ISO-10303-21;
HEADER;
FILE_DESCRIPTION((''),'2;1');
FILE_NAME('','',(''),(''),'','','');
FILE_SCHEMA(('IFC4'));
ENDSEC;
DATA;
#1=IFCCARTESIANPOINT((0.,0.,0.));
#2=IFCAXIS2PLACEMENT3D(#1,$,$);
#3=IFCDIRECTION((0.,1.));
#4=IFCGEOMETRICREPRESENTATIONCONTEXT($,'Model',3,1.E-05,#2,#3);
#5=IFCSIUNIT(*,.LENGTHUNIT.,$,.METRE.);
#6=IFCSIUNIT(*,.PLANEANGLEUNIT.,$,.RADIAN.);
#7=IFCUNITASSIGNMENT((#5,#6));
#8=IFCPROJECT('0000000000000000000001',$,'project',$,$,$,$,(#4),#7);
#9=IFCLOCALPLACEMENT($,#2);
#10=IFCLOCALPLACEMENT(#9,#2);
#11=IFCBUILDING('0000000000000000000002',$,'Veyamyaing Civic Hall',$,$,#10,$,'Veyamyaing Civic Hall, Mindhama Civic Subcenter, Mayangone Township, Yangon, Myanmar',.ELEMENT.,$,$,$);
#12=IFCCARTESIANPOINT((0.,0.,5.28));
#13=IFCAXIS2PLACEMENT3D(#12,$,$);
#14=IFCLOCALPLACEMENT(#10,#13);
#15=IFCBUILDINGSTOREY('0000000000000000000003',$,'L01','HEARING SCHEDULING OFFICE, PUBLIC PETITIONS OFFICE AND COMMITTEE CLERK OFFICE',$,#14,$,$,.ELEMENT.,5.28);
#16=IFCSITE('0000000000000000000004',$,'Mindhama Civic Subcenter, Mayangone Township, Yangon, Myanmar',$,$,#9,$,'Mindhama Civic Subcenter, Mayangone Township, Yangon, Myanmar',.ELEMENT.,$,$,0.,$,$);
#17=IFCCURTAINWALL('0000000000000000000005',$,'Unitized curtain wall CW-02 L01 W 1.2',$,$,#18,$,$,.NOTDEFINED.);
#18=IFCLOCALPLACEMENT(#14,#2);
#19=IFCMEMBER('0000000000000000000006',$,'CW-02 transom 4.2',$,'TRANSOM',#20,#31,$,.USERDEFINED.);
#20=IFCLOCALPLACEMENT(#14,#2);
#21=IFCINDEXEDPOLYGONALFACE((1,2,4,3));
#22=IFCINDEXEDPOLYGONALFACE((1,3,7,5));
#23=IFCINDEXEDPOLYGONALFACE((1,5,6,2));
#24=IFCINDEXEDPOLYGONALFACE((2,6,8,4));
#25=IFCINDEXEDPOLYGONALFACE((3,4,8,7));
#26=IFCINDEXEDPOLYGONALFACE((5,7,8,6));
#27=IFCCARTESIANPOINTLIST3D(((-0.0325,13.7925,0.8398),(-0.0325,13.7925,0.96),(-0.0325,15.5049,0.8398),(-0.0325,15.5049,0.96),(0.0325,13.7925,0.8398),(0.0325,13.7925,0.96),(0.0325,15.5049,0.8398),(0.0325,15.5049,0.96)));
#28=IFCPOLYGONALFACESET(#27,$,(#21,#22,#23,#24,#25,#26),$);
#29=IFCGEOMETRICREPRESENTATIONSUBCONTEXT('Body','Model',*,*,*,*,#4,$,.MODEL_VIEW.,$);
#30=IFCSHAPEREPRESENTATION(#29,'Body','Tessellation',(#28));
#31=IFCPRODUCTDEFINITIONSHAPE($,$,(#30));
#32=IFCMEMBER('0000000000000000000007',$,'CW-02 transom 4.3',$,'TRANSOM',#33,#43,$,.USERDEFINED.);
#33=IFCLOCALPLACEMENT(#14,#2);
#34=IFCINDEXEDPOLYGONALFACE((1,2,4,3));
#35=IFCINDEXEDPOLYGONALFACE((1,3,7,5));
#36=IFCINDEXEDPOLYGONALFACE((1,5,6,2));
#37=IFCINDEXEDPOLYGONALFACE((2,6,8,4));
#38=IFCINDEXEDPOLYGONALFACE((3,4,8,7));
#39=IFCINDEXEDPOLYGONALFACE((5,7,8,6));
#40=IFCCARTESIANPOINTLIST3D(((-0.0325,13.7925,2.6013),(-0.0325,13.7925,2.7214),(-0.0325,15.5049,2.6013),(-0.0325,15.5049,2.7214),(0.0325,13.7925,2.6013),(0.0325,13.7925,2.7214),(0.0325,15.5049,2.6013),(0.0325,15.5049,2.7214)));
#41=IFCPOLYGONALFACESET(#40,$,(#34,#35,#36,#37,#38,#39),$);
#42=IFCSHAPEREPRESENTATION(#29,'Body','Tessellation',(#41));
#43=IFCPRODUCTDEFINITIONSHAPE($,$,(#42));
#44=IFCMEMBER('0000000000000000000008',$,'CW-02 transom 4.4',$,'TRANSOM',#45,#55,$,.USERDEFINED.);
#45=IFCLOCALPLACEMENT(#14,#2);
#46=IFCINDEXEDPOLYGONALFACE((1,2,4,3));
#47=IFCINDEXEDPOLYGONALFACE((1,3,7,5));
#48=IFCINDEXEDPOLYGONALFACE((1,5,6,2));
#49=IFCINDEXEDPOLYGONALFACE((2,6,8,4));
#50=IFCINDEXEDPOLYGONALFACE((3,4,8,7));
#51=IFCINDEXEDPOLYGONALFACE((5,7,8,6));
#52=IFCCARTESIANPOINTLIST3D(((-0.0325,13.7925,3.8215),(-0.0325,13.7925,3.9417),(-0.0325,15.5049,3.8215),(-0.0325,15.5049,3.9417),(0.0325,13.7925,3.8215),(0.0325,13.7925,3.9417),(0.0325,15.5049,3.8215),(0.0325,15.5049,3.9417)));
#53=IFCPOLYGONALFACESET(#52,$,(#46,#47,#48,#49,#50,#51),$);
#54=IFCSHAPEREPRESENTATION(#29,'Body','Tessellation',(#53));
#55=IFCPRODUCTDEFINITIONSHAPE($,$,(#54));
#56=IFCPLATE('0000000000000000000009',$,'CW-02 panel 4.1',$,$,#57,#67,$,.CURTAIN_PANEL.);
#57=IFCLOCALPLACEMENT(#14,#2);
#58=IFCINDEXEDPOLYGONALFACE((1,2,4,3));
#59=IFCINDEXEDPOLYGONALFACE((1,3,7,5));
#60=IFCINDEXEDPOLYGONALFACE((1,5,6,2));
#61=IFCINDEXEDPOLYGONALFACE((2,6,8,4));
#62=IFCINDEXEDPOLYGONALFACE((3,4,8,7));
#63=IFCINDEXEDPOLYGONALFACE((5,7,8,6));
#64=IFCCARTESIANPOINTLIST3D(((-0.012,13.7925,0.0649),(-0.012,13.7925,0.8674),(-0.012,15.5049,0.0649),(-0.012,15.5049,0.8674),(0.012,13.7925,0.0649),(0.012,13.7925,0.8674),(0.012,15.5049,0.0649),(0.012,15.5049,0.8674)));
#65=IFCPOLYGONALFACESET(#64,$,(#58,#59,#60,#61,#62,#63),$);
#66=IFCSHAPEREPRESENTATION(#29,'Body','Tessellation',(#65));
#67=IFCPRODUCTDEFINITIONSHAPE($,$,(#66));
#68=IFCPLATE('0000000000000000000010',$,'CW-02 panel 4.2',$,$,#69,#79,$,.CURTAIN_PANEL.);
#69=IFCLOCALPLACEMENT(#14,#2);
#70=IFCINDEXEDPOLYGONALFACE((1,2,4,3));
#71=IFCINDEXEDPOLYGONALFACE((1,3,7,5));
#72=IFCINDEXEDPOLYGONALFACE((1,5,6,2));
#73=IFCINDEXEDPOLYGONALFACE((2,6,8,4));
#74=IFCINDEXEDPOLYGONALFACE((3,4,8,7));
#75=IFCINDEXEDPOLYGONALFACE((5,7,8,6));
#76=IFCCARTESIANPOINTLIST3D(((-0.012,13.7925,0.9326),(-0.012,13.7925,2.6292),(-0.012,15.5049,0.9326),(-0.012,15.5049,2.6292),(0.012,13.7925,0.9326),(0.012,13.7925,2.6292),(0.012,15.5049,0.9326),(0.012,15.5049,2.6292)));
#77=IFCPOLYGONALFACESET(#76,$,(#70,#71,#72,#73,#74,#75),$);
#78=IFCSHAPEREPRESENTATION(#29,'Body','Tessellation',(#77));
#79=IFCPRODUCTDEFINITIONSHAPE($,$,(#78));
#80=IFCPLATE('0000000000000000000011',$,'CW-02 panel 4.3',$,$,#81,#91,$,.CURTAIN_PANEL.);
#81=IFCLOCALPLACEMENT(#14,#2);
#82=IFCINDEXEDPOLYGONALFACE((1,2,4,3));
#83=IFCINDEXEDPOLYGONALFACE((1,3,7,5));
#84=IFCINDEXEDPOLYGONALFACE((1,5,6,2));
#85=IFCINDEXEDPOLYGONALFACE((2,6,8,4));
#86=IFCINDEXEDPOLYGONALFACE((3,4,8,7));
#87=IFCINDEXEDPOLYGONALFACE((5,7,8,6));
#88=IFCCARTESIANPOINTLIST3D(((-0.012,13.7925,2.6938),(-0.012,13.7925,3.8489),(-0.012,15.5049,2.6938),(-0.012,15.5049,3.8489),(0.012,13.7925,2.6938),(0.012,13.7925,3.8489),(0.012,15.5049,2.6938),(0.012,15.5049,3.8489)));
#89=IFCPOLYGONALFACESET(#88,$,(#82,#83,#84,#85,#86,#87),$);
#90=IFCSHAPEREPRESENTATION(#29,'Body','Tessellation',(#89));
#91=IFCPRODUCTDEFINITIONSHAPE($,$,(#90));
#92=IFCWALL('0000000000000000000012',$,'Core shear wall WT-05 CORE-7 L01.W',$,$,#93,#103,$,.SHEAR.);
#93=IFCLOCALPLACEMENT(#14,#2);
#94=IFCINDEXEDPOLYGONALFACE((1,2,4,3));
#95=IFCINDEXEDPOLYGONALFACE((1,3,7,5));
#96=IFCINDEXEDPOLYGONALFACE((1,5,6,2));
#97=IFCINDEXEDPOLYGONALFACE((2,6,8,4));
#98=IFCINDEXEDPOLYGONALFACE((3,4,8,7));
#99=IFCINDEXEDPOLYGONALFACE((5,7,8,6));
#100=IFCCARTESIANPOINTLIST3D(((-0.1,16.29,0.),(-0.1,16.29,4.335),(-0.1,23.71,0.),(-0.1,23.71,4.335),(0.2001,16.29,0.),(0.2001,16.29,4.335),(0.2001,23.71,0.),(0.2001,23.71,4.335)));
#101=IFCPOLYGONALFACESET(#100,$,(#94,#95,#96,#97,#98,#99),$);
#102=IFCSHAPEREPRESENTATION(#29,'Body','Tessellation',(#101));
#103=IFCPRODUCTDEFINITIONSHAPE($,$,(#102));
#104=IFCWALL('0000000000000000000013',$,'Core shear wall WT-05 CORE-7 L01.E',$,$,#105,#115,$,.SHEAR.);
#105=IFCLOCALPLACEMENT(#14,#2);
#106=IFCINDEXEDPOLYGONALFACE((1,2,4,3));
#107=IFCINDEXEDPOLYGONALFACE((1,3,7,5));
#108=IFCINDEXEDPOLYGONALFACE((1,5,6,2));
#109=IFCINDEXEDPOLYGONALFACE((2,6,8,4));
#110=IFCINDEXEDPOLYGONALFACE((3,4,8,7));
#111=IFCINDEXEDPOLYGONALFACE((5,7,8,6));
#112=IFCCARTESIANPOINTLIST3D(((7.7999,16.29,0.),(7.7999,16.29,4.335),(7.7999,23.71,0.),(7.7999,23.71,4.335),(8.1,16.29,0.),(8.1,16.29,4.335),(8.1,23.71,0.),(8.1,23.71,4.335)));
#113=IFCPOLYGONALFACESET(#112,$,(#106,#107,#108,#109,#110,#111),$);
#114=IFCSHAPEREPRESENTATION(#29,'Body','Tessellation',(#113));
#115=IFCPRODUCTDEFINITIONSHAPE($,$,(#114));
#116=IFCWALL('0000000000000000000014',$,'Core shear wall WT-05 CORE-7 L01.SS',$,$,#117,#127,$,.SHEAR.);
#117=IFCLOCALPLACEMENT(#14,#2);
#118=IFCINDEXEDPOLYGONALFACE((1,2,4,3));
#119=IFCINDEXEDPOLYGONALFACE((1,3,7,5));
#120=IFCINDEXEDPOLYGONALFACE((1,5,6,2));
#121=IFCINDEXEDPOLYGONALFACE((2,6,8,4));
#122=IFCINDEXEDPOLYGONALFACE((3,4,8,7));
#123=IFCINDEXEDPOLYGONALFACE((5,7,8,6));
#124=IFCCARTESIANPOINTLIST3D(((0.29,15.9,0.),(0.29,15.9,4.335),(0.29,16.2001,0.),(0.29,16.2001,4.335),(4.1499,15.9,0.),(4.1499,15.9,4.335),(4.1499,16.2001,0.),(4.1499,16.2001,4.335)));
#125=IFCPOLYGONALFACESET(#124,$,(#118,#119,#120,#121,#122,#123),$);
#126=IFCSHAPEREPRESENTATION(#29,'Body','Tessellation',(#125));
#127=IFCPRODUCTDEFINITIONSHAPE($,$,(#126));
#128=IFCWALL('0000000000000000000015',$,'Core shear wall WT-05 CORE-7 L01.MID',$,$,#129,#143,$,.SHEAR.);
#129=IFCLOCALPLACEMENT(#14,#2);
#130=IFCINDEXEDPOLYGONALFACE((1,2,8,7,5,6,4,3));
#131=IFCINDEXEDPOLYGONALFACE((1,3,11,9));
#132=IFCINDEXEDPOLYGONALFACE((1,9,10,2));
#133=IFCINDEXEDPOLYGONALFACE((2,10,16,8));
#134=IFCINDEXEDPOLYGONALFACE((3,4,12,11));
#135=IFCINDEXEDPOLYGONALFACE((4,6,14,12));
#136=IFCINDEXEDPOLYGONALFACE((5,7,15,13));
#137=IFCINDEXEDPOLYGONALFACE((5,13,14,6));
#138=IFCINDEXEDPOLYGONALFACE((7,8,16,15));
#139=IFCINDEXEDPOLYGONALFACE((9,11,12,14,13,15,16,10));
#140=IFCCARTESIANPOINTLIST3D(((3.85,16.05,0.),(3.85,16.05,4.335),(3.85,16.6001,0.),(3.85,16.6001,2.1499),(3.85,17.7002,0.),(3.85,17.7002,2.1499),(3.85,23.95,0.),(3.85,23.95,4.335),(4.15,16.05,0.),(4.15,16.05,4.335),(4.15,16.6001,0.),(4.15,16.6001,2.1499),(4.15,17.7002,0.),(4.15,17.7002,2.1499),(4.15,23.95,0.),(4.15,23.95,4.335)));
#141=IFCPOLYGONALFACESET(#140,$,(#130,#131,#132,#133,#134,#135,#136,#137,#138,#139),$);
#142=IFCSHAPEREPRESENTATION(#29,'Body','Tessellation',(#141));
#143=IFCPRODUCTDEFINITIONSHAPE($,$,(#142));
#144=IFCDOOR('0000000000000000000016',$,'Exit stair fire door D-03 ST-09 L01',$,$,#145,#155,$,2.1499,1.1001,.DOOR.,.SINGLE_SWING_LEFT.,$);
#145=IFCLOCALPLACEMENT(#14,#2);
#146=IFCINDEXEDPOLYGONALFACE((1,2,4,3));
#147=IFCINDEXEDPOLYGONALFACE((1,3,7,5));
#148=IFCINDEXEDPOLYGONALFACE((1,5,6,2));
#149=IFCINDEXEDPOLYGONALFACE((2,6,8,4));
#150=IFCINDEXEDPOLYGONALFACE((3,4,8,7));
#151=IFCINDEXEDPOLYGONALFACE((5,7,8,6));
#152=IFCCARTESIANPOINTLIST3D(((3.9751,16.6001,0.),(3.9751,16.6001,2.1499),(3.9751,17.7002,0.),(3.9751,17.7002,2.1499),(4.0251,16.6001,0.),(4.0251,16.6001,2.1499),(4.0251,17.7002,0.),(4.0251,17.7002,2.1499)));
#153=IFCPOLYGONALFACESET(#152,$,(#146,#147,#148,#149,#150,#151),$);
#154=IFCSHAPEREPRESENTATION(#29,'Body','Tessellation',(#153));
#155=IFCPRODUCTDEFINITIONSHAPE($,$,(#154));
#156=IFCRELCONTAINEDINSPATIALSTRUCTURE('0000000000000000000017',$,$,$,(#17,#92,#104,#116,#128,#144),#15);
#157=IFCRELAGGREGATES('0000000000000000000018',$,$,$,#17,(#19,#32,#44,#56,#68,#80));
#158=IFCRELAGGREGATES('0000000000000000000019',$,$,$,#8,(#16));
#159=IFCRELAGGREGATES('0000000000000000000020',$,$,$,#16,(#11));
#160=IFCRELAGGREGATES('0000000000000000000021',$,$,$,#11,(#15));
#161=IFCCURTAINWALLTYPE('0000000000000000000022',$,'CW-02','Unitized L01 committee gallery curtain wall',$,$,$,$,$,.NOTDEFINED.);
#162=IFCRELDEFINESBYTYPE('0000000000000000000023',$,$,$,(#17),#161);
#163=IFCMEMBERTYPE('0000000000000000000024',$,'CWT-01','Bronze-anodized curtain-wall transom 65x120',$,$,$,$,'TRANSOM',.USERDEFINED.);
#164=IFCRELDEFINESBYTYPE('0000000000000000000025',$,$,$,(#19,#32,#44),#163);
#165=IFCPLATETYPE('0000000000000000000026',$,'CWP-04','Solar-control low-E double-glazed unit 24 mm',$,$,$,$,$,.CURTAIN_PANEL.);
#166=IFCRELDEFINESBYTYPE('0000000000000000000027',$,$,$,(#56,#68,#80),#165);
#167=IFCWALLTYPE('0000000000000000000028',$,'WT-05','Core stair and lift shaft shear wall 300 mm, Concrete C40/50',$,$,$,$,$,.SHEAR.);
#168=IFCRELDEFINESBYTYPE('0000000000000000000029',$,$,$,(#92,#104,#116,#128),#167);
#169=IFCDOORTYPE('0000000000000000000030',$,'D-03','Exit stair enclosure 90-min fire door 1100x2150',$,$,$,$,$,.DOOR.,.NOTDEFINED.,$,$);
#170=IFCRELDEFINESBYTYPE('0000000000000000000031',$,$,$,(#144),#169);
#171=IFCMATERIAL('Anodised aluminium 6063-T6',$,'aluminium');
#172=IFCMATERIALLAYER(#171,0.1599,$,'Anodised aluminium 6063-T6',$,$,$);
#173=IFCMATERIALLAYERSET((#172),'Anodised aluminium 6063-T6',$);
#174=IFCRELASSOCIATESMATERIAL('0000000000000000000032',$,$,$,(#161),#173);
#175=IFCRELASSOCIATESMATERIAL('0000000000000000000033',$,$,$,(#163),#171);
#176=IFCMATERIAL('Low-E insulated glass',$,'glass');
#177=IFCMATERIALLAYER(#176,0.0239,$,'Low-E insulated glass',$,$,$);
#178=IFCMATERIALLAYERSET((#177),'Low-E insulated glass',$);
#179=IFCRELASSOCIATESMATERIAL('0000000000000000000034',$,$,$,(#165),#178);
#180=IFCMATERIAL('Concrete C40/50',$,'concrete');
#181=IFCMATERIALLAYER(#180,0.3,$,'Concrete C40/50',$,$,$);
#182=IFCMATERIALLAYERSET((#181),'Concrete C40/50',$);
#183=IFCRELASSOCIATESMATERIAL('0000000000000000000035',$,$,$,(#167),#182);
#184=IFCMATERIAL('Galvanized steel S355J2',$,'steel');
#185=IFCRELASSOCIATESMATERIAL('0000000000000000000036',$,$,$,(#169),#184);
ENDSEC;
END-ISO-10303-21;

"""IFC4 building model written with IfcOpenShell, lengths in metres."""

from ifc_helpers import new_model, si_unit, direction, frame, frame_2d, origin, origin_2d, place, context, subcontext, project, spatial, rectangle, extrude, material, layer, layer_set, material_profile, profile_set, type_object, element, fill, aggregate, save


model = new_model("IFC4")

# Units and contexts
model_context = context("Model", 3, precision=1e-05, world=origin(), true_north=direction((0.0, 1.0)))
body_context = subcontext(model_context, "Body", "Model", "MODEL_VIEW")
ifc_project = project(units=[si_unit("LENGTHUNIT", "METRE"), si_unit("PLANEANGLEUNIT", "RADIAN")], contexts=[model_context])

# Site, building, storey
site_placement = place(None, origin())
site = spatial("IfcSite", under=ifc_project, at=site_placement, Name="Mindhama Civic Subcenter, Mayangone Township, Yangon, Myanmar", LongName="Mindhama Civic Subcenter, Mayangone Township, Yangon, Myanmar", CompositionType="ELEMENT", RefElevation=0.0)
building_placement = place(site_placement, origin())
building = spatial("IfcBuilding", under=site, at=building_placement, Name="Veyamyaing Civic Hall", LongName="Veyamyaing Civic Hall, Mindhama Civic Subcenter, Mayangone Township, Yangon, Myanmar", CompositionType="ELEMENT")
storey_placement = place(building_placement, frame((0.0, 0.0, 5.28)))
storey = spatial("IfcBuildingStorey", under=building, at=storey_placement, Name="L01", Description="HEARING SCHEDULING OFFICE, PUBLIC PETITIONS OFFICE AND COMMITTEE CLERK OFFICE", CompositionType="ELEMENT", Elevation=5.28)

# Curtain wall, members, plates
ifc_material_1 = material(Name="Anodised aluminium 6063-T6", Category="aluminium")
ifc_layer_1 = layer(ifc_material_1, 0.1599, Name="Anodised aluminium 6063-T6")
ifc_layer_set_1 = layer_set([ifc_layer_1], Name="Anodised aluminium 6063-T6")
curtain_wall_type = type_object("IfcCurtainWallType", Name="CW-02", Description="Unitized L01 committee gallery curtain wall", PredefinedType="NOTDEFINED", material=ifc_layer_set_1)
curtain_wall_placement = place(storey_placement, origin())
curtain_wall = element("IfcCurtainWall", 1, at=curtain_wall_placement, inside=storey, type_object=curtain_wall_type, Name="Unitized curtain wall CW-02 L01 W 1.2", PredefinedType="NOTDEFINED")
ifc_material_profile_1 = material_profile(ifc_material_1, rectangle(XDim=0.0649, YDim=0.1201, at=origin_2d()), Name="ALU-TRN-65X120")
ifc_profile_set_1 = profile_set([ifc_material_profile_1], Name="Anodised aluminium 6063-T6")
member_type_1 = type_object("IfcMemberType", Name="CWT-01", Description="Bronze-anodized curtain-wall transom 65x120", ElementType="TRANSOM", PredefinedType="USERDEFINED", material=ifc_profile_set_1)
member_1_placement = place(storey_placement, frame((0.0, 13.7925, 0.8999), z_axis=(0.0, 1.0, 0.0), x_axis=(-1.0, 0.0, 0.0)))
member_1 = element("IfcMember", 2, at=member_1_placement, type_object=member_type_1, Name="CW-02 transom 4.2", ObjectType="TRANSOM", PredefinedType="USERDEFINED", context=body_context, shape_type="SweptSolid", body=[
    extrude(rectangle(XDim=0.0649, YDim=0.1201, at=origin_2d()), origin(), (0.0, 0.0, 1.0), 1.7124),
])
member_2_placement = place(storey_placement, frame((0.0, 13.7925, 2.6614), z_axis=(0.0, 1.0, 0.0), x_axis=(-1.0, 0.0, 0.0)))
member_2 = element("IfcMember", 3, at=member_2_placement, type_object=member_type_1, Name="CW-02 transom 4.3", ObjectType="TRANSOM", PredefinedType="USERDEFINED", context=body_context, shape_type="SweptSolid", body=[
    extrude(rectangle(XDim=0.0649, YDim=0.1201, at=origin_2d()), origin(), (0.0, 0.0, 1.0), 1.7124),
])
member_3_placement = place(storey_placement, frame((0.0, 13.7925, 3.8816), z_axis=(0.0, 1.0, 0.0), x_axis=(-1.0, 0.0, 0.0)))
member_3 = element("IfcMember", 4, at=member_3_placement, type_object=member_type_1, Name="CW-02 transom 4.4", ObjectType="TRANSOM", PredefinedType="USERDEFINED", context=body_context, shape_type="SweptSolid", body=[
    extrude(rectangle(XDim=0.0649, YDim=0.1201, at=origin_2d()), origin(), (0.0, 0.0, 1.0), 1.7124),
])
ifc_material_2 = material(Name="Low-E insulated glass", Category="glass")
ifc_layer_2 = layer(ifc_material_2, 0.0239, Name="Low-E insulated glass")
ifc_layer_set_2 = layer_set([ifc_layer_2], Name="Low-E insulated glass")
plate_type = type_object("IfcPlateType", Name="CWP-04", Description="Solar-control low-E double-glazed unit 24 mm", PredefinedType="CURTAIN_PANEL", material=ifc_layer_set_2)
plate_1_placement = place(storey_placement, frame((0.0, 14.6487, 0.0649), z_axis=(0.0, 0.0, 1.0), x_axis=(0.0, 1.0, 0.0)))
plate_1 = element("IfcPlate", 5, at=plate_1_placement, type_object=plate_type, Name="CW-02 panel 4.1", PredefinedType="CURTAIN_PANEL", context=body_context, shape_type="SweptSolid", body=[
    extrude(rectangle(XDim=1.7124, YDim=0.0239, at=origin_2d()), origin(), (0.0, 0.0, 1.0), 0.8025),
])
plate_2_placement = place(storey_placement, frame((0.0, 14.6487, 0.9326), z_axis=(0.0, 0.0, 1.0), x_axis=(0.0, 1.0, 0.0)))
plate_2 = element("IfcPlate", 6, at=plate_2_placement, type_object=plate_type, Name="CW-02 panel 4.2", PredefinedType="CURTAIN_PANEL", context=body_context, shape_type="SweptSolid", body=[
    extrude(rectangle(XDim=1.7124, YDim=0.0239, at=origin_2d()), origin(), (0.0, 0.0, 1.0), 1.6965),
])
plate_3_placement = place(storey_placement, frame((0.0, 14.6487, 2.6938), z_axis=(0.0, 0.0, 1.0), x_axis=(0.0, 1.0, 0.0)))
plate_3 = element("IfcPlate", 7, at=plate_3_placement, type_object=plate_type, Name="CW-02 panel 4.3", PredefinedType="CURTAIN_PANEL", context=body_context, shape_type="SweptSolid", body=[
    extrude(rectangle(XDim=1.7124, YDim=0.0239, at=origin_2d()), origin(), (0.0, 0.0, 1.0), 1.155),
])
aggregate(curtain_wall, [member_1, member_2, member_3, plate_1, plate_2, plate_3])

# Walls
ifc_material_3 = material(Name="Concrete C40/50", Category="concrete")
ifc_layer_3 = layer(ifc_material_3, 0.3, Name="Concrete C40/50")
ifc_layer_set_3 = layer_set([ifc_layer_3], Name="Concrete C40/50")
wall_type_1 = type_object("IfcWallType", Name="WT-05", Description="Core stair and lift shaft shear wall 300 mm, Concrete C40/50", PredefinedType="SHEAR", material=ifc_layer_set_3)
for number, where, z_axis, x_axis, name in (
    (8, (0.05, 16.29, 0.0), (0.0, 0.0, 1.0), (0.0, 1.0, 0.0), "Core shear wall WT-05 CORE-7 L01.W"),
    (9, (7.95, 16.29, 0.0), (0.0, 0.0, 1.0), (0.0, 1.0, 0.0), "Core shear wall WT-05 CORE-7 L01.E"),
):
    element("IfcWall", number, at=place(storey_placement, frame(where, z_axis=z_axis, x_axis=x_axis)), inside=storey, type_object=wall_type_1, Name=name, PredefinedType="SHEAR", context=body_context, shape_type="SweptSolid", body=[
        extrude(rectangle(XDim=7.4199, YDim=0.3, at=frame_2d((3.71, 0.0))), origin(), (0.0, 0.0, 1.0), 4.335),
    ])
wall_1_placement = place(storey_placement, frame((0.29, 16.05, 0.0), z_axis=(0.0, 0.0, 1.0), x_axis=(1.0, 0.0, 0.0)))
element("IfcWall", 10, at=wall_1_placement, inside=storey, type_object=wall_type_1, Name="Core shear wall WT-05 CORE-7 L01.SS", PredefinedType="SHEAR", context=body_context, shape_type="SweptSolid", body=[
    extrude(rectangle(XDim=3.8599, YDim=0.3, at=frame_2d((1.9299, 0.0))), origin(), (0.0, 0.0, 1.0), 4.335),
])

# Wall, opening, door
wall_2_placement = place(storey_placement, frame((4.0, 16.05, 0.0), z_axis=(0.0, 0.0, 1.0), x_axis=(0.0, 1.0, 0.0)))
wall_2 = element("IfcWall", 11, at=wall_2_placement, inside=storey, type_object=wall_type_1, Name="Core shear wall WT-05 CORE-7 L01.MID", PredefinedType="SHEAR", context=body_context, shape_type="SweptSolid", body=[
    extrude(rectangle(XDim=7.8999, YDim=0.3, at=frame_2d((3.95, 0.0))), origin(), (0.0, 0.0, 1.0), 4.335),
])
opening_1_placement = place(wall_2_placement, frame((0.55, 0.0, 0.0)))
opening_1 = element("IfcOpeningElement", 12, at=opening_1_placement, cuts=wall_2, PredefinedType="OPENING", context=body_context, shape_type="SweptSolid", body=[
    extrude(rectangle(XDim=1.1001, YDim=2.1499, at=frame_2d((0.55, 1.075))), frame((0.0, 0.1599, 0.0), z_axis=(0.0, -1.0, 0.0), x_axis=(1.0, 0.0, 0.0)), (0.0, 0.0, 1.0), 0.3201),
])
ifc_material_4 = material(Name="Galvanized steel S355J2", Category="steel")
door_type_1 = type_object("IfcDoorType", Name="D-03", Description="Exit stair enclosure 90-min fire door 1100x2150", OperationType="NOTDEFINED", PredefinedType="DOOR", material=ifc_material_4)
door_1_placement = place(opening_1_placement, origin())
door_1 = element("IfcDoor", 13, at=door_1_placement, inside=storey, type_object=door_type_1, Name="Exit stair fire door D-03 ST-09 L01", OperationType="SINGLE_SWING_LEFT", OverallHeight=2.1499, OverallWidth=1.1001, PredefinedType="DOOR", context=body_context, shape_type="SweptSolid", body=[
    extrude(rectangle(XDim=1.1001, YDim=2.1499, at=frame_2d((0.55, 1.075))), frame((0.0, 0.0249, 0.0), z_axis=(0.0, -1.0, 0.0), x_axis=(1.0, 0.0, 0.0)), (0.0, 0.0, 1.0), 0.05),
])
fill(opening_1, door_1)

save(model, "model.ifc")
